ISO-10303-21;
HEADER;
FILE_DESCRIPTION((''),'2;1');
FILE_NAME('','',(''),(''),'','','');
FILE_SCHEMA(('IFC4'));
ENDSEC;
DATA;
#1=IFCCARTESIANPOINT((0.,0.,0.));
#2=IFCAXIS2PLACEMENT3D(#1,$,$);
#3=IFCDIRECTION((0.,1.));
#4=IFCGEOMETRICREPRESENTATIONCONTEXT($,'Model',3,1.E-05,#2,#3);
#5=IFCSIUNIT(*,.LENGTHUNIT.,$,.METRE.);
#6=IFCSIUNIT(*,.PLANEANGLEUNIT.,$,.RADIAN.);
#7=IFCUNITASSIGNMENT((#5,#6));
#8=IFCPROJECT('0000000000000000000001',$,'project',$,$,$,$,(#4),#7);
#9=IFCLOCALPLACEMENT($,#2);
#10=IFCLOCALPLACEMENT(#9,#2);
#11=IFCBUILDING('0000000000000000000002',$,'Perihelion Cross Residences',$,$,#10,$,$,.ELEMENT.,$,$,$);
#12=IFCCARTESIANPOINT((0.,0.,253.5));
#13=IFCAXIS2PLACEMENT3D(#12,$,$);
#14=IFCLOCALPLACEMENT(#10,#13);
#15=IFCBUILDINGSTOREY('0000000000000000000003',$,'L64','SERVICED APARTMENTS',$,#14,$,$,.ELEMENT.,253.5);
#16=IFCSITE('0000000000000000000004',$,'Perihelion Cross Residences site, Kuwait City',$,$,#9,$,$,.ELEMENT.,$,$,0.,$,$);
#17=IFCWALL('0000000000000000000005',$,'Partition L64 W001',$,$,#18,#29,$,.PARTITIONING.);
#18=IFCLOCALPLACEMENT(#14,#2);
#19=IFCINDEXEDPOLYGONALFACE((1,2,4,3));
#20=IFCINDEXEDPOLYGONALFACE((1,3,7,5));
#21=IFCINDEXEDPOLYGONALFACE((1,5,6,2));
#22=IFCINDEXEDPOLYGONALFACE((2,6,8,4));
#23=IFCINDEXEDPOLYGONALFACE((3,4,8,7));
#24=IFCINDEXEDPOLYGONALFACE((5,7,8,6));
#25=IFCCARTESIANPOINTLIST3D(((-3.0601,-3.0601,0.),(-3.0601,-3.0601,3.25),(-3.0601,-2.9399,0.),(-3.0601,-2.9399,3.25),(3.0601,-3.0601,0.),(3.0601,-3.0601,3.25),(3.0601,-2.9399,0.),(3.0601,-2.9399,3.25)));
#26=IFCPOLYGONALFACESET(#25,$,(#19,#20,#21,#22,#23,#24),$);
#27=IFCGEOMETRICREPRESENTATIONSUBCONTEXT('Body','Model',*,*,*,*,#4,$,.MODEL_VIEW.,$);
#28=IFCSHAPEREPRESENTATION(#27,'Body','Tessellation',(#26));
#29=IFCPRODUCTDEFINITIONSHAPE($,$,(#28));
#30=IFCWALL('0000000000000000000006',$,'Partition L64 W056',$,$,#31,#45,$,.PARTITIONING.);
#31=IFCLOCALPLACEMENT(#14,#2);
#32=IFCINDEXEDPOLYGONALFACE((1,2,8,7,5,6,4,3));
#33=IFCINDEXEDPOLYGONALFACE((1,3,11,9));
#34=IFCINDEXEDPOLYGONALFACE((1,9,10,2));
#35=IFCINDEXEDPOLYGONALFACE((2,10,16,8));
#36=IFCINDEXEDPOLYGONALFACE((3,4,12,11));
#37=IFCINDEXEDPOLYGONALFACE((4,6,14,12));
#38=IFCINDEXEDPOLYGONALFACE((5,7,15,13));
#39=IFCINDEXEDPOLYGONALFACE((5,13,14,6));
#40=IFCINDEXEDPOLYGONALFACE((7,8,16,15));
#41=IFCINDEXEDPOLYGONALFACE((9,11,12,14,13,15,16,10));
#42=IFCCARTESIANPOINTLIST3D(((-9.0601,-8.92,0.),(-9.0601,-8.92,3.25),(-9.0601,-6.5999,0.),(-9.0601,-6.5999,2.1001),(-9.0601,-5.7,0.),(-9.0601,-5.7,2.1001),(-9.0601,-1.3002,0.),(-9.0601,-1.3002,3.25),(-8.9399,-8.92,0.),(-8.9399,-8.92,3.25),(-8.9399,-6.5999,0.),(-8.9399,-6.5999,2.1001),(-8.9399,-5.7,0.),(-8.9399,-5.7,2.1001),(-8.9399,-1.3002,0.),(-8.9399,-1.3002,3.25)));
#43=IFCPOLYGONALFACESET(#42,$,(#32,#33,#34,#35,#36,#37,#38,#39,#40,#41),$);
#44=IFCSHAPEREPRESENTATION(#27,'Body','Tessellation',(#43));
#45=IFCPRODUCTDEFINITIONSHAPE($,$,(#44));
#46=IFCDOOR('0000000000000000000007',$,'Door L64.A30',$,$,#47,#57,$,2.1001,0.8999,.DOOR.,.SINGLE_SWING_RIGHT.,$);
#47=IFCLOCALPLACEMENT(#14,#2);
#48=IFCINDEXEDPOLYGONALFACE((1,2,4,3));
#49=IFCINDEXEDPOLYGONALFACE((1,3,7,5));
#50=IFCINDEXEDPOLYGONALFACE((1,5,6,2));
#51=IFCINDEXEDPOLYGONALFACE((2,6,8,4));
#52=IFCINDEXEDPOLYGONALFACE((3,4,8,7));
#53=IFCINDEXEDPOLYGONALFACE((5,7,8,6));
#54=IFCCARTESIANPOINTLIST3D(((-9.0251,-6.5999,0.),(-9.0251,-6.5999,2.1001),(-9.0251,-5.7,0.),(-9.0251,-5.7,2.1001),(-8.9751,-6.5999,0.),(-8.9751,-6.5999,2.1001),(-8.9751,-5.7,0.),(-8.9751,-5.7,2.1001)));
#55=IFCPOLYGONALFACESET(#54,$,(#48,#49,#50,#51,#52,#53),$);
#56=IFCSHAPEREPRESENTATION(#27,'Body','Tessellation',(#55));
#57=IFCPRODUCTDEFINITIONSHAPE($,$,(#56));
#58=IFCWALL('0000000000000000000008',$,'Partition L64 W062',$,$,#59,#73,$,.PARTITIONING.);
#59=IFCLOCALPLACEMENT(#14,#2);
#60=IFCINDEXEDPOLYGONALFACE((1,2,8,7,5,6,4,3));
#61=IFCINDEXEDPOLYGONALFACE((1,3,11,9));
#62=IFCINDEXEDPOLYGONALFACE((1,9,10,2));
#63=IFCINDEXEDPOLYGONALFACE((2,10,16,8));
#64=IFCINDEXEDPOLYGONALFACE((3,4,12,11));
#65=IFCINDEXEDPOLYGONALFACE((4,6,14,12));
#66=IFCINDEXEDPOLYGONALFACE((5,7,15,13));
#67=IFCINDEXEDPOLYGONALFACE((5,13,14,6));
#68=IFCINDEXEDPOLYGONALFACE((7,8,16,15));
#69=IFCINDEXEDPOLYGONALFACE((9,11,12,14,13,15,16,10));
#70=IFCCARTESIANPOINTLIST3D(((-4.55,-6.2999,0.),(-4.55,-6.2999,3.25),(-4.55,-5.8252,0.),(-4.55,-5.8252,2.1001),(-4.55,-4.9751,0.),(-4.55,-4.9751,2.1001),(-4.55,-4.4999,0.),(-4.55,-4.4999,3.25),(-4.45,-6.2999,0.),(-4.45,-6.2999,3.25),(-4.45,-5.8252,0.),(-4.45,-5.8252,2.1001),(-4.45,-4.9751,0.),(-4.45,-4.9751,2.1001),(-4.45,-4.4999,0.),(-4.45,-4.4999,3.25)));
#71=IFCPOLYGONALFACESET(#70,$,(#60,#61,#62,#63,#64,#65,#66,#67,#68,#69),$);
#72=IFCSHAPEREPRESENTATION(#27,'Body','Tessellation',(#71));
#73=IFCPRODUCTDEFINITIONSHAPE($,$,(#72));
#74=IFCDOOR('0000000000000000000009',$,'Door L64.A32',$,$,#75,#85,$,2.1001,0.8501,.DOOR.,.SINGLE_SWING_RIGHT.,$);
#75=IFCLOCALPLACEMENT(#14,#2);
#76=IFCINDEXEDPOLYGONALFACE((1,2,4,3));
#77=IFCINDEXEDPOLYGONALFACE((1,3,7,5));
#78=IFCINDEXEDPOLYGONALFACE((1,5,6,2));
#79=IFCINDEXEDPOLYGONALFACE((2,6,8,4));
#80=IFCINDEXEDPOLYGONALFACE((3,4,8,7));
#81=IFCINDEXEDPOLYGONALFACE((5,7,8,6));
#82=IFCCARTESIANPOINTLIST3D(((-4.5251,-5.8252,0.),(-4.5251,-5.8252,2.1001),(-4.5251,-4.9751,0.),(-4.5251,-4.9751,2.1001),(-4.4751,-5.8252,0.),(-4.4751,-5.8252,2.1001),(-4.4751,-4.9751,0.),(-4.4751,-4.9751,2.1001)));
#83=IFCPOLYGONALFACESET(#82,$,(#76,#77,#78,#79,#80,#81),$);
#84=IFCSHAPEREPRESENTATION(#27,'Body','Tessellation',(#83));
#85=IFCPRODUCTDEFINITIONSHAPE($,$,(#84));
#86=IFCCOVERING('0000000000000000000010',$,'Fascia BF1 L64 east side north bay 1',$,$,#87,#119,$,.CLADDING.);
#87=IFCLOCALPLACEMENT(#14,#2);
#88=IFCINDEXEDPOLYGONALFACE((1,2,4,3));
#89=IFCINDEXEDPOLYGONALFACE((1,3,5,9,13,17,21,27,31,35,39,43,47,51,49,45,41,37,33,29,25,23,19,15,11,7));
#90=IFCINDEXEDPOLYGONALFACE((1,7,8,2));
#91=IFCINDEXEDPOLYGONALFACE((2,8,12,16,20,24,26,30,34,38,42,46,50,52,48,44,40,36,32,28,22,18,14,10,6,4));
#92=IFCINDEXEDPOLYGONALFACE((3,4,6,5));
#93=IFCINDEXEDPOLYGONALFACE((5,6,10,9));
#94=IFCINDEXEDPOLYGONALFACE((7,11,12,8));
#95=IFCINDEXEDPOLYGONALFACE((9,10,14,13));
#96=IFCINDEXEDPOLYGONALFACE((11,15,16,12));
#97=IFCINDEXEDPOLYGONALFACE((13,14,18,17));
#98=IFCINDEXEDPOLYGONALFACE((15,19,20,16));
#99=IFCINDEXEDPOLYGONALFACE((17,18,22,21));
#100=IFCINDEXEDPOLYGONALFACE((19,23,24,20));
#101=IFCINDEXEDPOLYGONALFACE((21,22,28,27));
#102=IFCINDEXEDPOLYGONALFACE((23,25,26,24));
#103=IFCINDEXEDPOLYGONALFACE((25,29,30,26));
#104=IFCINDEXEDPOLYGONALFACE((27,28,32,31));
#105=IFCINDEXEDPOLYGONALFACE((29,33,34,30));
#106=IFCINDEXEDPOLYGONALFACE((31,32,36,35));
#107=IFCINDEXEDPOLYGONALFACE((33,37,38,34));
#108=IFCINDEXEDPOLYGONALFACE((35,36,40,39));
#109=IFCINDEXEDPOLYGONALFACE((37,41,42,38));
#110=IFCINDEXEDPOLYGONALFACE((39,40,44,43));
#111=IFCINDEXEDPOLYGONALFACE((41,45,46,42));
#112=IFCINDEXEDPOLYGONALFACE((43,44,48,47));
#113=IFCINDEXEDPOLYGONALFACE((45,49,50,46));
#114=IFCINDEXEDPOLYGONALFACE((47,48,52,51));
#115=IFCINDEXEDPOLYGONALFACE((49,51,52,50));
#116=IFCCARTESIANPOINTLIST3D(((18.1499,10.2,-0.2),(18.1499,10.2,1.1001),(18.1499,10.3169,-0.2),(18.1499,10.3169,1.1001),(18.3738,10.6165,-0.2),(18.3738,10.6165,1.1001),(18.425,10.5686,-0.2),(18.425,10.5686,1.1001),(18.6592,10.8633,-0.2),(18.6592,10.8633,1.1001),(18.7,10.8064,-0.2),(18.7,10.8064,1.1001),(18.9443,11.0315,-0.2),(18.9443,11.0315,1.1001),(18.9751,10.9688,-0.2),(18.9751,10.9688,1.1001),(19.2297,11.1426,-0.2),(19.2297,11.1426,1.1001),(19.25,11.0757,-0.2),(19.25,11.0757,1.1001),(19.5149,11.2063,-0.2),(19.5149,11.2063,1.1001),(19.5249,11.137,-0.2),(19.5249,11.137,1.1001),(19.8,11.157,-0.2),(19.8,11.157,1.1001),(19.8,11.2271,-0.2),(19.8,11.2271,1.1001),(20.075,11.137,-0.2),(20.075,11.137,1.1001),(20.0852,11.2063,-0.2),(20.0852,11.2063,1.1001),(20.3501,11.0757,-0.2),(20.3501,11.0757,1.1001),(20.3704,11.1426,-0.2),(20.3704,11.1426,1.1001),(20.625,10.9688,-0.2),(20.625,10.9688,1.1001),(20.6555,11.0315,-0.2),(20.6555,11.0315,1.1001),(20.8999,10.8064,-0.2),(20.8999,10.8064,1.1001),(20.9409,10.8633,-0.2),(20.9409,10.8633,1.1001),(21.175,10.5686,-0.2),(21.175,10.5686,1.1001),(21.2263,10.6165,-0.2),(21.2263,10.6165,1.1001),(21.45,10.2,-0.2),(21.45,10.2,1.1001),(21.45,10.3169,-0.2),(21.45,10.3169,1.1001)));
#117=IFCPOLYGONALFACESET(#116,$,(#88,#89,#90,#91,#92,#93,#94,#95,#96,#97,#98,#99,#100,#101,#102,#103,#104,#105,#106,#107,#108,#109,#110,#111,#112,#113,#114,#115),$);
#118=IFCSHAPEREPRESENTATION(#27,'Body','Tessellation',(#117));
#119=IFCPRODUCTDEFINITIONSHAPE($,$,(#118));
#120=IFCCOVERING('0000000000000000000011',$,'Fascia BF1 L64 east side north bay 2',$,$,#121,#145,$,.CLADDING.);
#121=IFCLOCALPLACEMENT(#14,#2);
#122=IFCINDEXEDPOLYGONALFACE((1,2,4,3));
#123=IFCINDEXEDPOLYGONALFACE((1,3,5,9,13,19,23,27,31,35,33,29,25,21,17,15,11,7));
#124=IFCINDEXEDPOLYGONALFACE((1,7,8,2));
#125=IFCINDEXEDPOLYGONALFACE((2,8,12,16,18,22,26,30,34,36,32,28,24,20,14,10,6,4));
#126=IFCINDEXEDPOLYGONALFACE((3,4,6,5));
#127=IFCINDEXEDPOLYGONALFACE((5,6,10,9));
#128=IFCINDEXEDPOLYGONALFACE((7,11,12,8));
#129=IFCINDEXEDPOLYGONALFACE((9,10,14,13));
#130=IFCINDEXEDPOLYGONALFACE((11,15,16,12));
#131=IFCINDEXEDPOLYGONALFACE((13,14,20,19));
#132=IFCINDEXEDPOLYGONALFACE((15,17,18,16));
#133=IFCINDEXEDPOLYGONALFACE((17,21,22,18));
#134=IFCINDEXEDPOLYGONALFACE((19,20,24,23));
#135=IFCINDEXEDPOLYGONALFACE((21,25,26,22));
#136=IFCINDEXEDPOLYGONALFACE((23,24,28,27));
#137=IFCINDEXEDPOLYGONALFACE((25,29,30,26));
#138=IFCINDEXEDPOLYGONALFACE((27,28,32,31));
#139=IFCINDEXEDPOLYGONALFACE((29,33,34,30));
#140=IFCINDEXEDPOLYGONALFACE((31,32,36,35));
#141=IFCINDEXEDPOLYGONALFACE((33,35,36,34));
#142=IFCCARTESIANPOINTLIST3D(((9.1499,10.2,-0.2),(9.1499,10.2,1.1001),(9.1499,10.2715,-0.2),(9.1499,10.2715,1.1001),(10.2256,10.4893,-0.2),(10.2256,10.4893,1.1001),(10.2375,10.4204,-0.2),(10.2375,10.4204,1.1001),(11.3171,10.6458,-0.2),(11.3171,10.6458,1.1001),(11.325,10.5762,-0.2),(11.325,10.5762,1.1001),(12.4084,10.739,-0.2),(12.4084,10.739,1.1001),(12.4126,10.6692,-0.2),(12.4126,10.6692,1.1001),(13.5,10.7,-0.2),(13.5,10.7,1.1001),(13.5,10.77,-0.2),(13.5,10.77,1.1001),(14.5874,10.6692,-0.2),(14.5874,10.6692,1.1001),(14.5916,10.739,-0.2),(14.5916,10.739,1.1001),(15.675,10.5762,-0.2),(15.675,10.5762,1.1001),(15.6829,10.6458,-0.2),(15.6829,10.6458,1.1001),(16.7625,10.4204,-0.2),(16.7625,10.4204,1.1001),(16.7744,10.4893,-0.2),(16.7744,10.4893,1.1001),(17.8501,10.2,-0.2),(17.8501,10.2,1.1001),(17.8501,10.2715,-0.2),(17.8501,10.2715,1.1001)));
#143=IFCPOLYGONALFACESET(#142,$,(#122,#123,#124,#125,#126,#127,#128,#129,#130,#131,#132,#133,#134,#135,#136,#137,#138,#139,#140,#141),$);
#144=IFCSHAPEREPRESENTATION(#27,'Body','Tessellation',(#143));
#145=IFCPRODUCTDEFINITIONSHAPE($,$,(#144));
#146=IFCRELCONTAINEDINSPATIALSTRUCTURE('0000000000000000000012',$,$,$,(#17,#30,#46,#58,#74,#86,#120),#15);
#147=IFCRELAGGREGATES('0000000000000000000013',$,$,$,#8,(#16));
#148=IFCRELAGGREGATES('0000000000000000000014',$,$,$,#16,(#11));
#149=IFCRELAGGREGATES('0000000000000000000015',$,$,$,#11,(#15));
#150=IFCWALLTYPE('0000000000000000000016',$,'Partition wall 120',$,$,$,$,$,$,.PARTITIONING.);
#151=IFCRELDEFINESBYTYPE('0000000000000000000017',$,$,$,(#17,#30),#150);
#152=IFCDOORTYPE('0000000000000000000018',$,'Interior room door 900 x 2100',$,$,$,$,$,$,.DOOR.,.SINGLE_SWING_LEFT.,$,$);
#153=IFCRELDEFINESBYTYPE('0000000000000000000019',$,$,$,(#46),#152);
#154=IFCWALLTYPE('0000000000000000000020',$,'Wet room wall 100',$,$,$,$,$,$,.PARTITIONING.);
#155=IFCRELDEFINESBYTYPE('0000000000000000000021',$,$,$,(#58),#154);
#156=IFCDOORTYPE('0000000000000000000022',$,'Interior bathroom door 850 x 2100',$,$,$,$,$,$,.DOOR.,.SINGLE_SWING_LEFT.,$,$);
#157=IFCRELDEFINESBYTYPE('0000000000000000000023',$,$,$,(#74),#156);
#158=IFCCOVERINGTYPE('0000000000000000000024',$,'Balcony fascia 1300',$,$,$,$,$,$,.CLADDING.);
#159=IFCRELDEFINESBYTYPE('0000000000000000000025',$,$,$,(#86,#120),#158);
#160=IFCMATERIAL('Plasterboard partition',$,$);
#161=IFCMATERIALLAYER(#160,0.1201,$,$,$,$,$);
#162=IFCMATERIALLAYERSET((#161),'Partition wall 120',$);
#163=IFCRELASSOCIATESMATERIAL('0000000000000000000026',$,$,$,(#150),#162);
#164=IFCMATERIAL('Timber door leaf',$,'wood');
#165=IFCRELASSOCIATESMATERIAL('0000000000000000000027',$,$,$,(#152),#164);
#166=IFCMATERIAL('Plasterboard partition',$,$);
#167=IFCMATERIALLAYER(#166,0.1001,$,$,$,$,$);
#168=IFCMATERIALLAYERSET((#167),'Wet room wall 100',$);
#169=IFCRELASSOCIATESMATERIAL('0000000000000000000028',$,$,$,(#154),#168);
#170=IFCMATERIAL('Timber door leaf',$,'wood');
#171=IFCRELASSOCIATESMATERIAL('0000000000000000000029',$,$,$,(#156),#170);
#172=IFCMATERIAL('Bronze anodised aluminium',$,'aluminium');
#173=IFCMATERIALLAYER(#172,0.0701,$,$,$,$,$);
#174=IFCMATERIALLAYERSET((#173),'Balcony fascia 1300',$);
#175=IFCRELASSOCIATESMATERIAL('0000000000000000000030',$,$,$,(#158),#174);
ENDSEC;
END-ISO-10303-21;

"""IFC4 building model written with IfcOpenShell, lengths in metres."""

from ifc_helpers import new_model, si_unit, direction, frame, frame_2d, origin, place, context, subcontext, project, spatial, polyline, rectangle, outline, extrude, material, layer, layer_set, type_object, element, fill, save


model = new_model("IFC4")

# Units and contexts
model_context = context("Model", 3, precision=1e-05, world=origin(), true_north=direction((0.0, 1.0)))
body_context = subcontext(model_context, "Body", "Model", "MODEL_VIEW")
ifc_project = project(units=[si_unit("LENGTHUNIT", "METRE"), si_unit("PLANEANGLEUNIT", "RADIAN")], contexts=[model_context])

# Site, building, storey
site_placement = place(None, origin())
site = spatial("IfcSite", under=ifc_project, at=site_placement, Name="Perihelion Cross Residences site, Kuwait City", CompositionType="ELEMENT", RefElevation=0.0)
building_placement = place(site_placement, origin())
building = spatial("IfcBuilding", under=site, at=building_placement, Name="Perihelion Cross Residences", CompositionType="ELEMENT")
storey_placement = place(building_placement, frame((0.0, 0.0, 253.5)))
storey = spatial("IfcBuildingStorey", under=building, at=storey_placement, Name="L64", Description="SERVICED APARTMENTS", CompositionType="ELEMENT", Elevation=253.5)

# Wall
ifc_material_1 = material(Name="Plasterboard partition")
ifc_layer_1 = layer(ifc_material_1, 0.1201)
ifc_layer_set_1 = layer_set([ifc_layer_1], Name="Partition wall 120")
wall_type_1 = type_object("IfcWallType", Name="Partition wall 120", PredefinedType="PARTITIONING", material=ifc_layer_set_1)
wall_1_placement = place(storey_placement, frame((-3.0601, -3.0, 0.0), z_axis=(0.0, 0.0, 1.0), x_axis=(1.0, 0.0, 0.0)))
element("IfcWall", 1, at=wall_1_placement, inside=storey, type_object=wall_type_1, Name="Partition L64 W001", PredefinedType="PARTITIONING", context=body_context, shape_type="SweptSolid", body=[
    extrude(rectangle(XDim=6.1201, YDim=0.1201, at=frame_2d((3.0601, 0.0))), origin(), (0.0, 0.0, 1.0), 3.25),
])

# Walls, openings, doors
wall_2_placement = place(storey_placement, frame((-9.0, -1.3, 0.0), z_axis=(0.0, 0.0, 1.0), x_axis=(0.0, -1.0, 0.0)))
wall_2 = element("IfcWall", 2, at=wall_2_placement, inside=storey, type_object=wall_type_1, Name="Partition L64 W056", PredefinedType="PARTITIONING", context=body_context, shape_type="SweptSolid", body=[
    extrude(rectangle(XDim=7.6199, YDim=0.1201, at=frame_2d((3.8101, 0.0))), origin(), (0.0, 0.0, 1.0), 3.25),
])
opening_1_placement = place(wall_2_placement, frame((4.3999, 0.0, 0.0)))
opening_1 = element("IfcOpeningElement", 3, at=opening_1_placement, cuts=wall_2, PredefinedType="OPENING", context=body_context, shape_type="SweptSolid", body=[
    extrude(rectangle(XDim=0.8999, YDim=2.1001, at=frame_2d((0.45, 1.05))), frame((0.0, 0.0701, 0.0), z_axis=(0.0, -1.0, 0.0), x_axis=(1.0, 0.0, 0.0)), (0.0, 0.0, 1.0), 0.1401),
])
ifc_material_2 = material(Name="Timber door leaf", Category="wood")
door_type_1 = type_object("IfcDoorType", Name="Interior room door 900 x 2100", OperationType="SINGLE_SWING_LEFT", PredefinedType="DOOR", material=ifc_material_2)
door_1_placement = place(opening_1_placement, origin())
door_1 = element("IfcDoor", 4, at=door_1_placement, inside=storey, type_object=door_type_1, Name="Door L64.A30", OperationType="SINGLE_SWING_RIGHT", OverallHeight=2.1001, OverallWidth=0.8999, PredefinedType="DOOR", context=body_context, shape_type="SweptSolid", body=[
    extrude(rectangle(XDim=0.8999, YDim=2.1001, at=frame_2d((0.45, 1.05))), frame((0.0, 0.0249, 0.0), z_axis=(0.0, -1.0, 0.0), x_axis=(1.0, 0.0, 0.0)), (0.0, 0.0, 1.0), 0.05),
])
fill(opening_1, door_1)
ifc_material_3 = material(Name="Plasterboard partition")
ifc_layer_2 = layer(ifc_material_3, 0.1001)
ifc_layer_set_2 = layer_set([ifc_layer_2], Name="Wet room wall 100")
wall_type_2 = type_object("IfcWallType", Name="Wet room wall 100", PredefinedType="PARTITIONING", material=ifc_layer_set_2)
wall_3_placement = place(storey_placement, frame((-4.5, -4.5, 0.0), z_axis=(0.0, 0.0, 1.0), x_axis=(0.0, -1.0, 0.0)))
wall_3 = element("IfcWall", 5, at=wall_3_placement, inside=storey, type_object=wall_type_2, Name="Partition L64 W062", PredefinedType="PARTITIONING", context=body_context, shape_type="SweptSolid", body=[
    extrude(rectangle(XDim=1.8, YDim=0.1001, at=frame_2d((0.8999, 0.0))), origin(), (0.0, 0.0, 1.0), 3.25),
])
opening_2_placement = place(wall_3_placement, frame((0.4751, 0.0, 0.0)))
opening_2 = element("IfcOpeningElement", 6, at=opening_2_placement, cuts=wall_3, PredefinedType="OPENING", context=body_context, shape_type="SweptSolid", body=[
    extrude(rectangle(XDim=0.8501, YDim=2.1001, at=frame_2d((0.425, 1.05))), frame((0.0, 0.0601, 0.0), z_axis=(0.0, -1.0, 0.0), x_axis=(1.0, 0.0, 0.0)), (0.0, 0.0, 1.0), 0.1201),
])
ifc_material_4 = material(Name="Timber door leaf", Category="wood")
door_type_2 = type_object("IfcDoorType", Name="Interior bathroom door 850 x 2100", OperationType="SINGLE_SWING_LEFT", PredefinedType="DOOR", material=ifc_material_4)
door_2_placement = place(opening_2_placement, origin())
door_2 = element("IfcDoor", 7, at=door_2_placement, inside=storey, type_object=door_type_2, Name="Door L64.A32", OperationType="SINGLE_SWING_RIGHT", OverallHeight=2.1001, OverallWidth=0.8501, PredefinedType="DOOR", context=body_context, shape_type="SweptSolid", body=[
    extrude(rectangle(XDim=0.8501, YDim=2.1001, at=frame_2d((0.425, 1.05))), frame((0.0, 0.0249, 0.0), z_axis=(0.0, -1.0, 0.0), x_axis=(1.0, 0.0, 0.0)), (0.0, 0.0, 1.0), 0.05),
])
fill(opening_2, door_2)

# Coverings
ifc_material_5 = material(Name="Bronze anodised aluminium", Category="aluminium")
ifc_layer_3 = layer(ifc_material_5, 0.0701)
ifc_layer_set_3 = layer_set([ifc_layer_3], Name="Balcony fascia 1300")
covering_type = type_object("IfcCoveringType", Name="Balcony fascia 1300", PredefinedType="CLADDING", material=ifc_layer_set_3)
covering_1_placement = place(storey_placement, frame((0.0, 0.0, -0.2)))
element("IfcCovering", 8, at=covering_1_placement, inside=storey, type_object=covering_type, Name="Fascia BF1 L64 east side north bay 1", PredefinedType="CLADDING", context=body_context, shape_type="SweptSolid", body=[
    extrude(outline(polyline([(21.2263, 10.6165), (20.9409, 10.8633), (20.6555, 11.0315), (20.3704, 11.1426), (20.0852, 11.2063), (19.8, 11.2271), (19.5149, 11.2063), (19.2297, 11.1426), (18.9443, 11.0315), (18.6592, 10.8633), (18.3738, 10.6165), (18.1499, 10.3169), (18.1499, 10.2), (18.425, 10.5686), (18.7, 10.8064), (18.9751, 10.9688), (19.25, 11.0757), (19.5249, 11.137), (19.8, 11.157), (20.075, 11.137), (20.3501, 11.0757), (20.625, 10.9688), (20.8999, 10.8064), (21.175, 10.5686), (21.45, 10.2), (21.45, 10.3169), (21.2263, 10.6165)])), origin(), (0.0, 0.0, 1.0), 1.3),
])
covering_2_placement = place(storey_placement, frame((0.0, 0.0, -0.2)))
element("IfcCovering", 9, at=covering_2_placement, inside=storey, type_object=covering_type, Name="Fascia BF1 L64 east side north bay 2", PredefinedType="CLADDING", context=body_context, shape_type="SweptSolid", body=[
    extrude(outline(polyline([(16.7744, 10.4893), (15.6829, 10.6458), (14.5916, 10.739), (13.5, 10.77), (12.4084, 10.739), (11.3171, 10.6458), (10.2256, 10.4893), (9.1499, 10.2715), (9.1499, 10.2), (10.2375, 10.4204), (11.325, 10.5762), (12.4126, 10.6692), (13.5, 10.7), (14.5874, 10.6692), (15.675, 10.5762), (16.7625, 10.4204), (17.8501, 10.2), (17.8501, 10.2715), (16.7744, 10.4893)])), origin(), (0.0, 0.0, 1.0), 1.3),
])

save(model, "model.ifc")
